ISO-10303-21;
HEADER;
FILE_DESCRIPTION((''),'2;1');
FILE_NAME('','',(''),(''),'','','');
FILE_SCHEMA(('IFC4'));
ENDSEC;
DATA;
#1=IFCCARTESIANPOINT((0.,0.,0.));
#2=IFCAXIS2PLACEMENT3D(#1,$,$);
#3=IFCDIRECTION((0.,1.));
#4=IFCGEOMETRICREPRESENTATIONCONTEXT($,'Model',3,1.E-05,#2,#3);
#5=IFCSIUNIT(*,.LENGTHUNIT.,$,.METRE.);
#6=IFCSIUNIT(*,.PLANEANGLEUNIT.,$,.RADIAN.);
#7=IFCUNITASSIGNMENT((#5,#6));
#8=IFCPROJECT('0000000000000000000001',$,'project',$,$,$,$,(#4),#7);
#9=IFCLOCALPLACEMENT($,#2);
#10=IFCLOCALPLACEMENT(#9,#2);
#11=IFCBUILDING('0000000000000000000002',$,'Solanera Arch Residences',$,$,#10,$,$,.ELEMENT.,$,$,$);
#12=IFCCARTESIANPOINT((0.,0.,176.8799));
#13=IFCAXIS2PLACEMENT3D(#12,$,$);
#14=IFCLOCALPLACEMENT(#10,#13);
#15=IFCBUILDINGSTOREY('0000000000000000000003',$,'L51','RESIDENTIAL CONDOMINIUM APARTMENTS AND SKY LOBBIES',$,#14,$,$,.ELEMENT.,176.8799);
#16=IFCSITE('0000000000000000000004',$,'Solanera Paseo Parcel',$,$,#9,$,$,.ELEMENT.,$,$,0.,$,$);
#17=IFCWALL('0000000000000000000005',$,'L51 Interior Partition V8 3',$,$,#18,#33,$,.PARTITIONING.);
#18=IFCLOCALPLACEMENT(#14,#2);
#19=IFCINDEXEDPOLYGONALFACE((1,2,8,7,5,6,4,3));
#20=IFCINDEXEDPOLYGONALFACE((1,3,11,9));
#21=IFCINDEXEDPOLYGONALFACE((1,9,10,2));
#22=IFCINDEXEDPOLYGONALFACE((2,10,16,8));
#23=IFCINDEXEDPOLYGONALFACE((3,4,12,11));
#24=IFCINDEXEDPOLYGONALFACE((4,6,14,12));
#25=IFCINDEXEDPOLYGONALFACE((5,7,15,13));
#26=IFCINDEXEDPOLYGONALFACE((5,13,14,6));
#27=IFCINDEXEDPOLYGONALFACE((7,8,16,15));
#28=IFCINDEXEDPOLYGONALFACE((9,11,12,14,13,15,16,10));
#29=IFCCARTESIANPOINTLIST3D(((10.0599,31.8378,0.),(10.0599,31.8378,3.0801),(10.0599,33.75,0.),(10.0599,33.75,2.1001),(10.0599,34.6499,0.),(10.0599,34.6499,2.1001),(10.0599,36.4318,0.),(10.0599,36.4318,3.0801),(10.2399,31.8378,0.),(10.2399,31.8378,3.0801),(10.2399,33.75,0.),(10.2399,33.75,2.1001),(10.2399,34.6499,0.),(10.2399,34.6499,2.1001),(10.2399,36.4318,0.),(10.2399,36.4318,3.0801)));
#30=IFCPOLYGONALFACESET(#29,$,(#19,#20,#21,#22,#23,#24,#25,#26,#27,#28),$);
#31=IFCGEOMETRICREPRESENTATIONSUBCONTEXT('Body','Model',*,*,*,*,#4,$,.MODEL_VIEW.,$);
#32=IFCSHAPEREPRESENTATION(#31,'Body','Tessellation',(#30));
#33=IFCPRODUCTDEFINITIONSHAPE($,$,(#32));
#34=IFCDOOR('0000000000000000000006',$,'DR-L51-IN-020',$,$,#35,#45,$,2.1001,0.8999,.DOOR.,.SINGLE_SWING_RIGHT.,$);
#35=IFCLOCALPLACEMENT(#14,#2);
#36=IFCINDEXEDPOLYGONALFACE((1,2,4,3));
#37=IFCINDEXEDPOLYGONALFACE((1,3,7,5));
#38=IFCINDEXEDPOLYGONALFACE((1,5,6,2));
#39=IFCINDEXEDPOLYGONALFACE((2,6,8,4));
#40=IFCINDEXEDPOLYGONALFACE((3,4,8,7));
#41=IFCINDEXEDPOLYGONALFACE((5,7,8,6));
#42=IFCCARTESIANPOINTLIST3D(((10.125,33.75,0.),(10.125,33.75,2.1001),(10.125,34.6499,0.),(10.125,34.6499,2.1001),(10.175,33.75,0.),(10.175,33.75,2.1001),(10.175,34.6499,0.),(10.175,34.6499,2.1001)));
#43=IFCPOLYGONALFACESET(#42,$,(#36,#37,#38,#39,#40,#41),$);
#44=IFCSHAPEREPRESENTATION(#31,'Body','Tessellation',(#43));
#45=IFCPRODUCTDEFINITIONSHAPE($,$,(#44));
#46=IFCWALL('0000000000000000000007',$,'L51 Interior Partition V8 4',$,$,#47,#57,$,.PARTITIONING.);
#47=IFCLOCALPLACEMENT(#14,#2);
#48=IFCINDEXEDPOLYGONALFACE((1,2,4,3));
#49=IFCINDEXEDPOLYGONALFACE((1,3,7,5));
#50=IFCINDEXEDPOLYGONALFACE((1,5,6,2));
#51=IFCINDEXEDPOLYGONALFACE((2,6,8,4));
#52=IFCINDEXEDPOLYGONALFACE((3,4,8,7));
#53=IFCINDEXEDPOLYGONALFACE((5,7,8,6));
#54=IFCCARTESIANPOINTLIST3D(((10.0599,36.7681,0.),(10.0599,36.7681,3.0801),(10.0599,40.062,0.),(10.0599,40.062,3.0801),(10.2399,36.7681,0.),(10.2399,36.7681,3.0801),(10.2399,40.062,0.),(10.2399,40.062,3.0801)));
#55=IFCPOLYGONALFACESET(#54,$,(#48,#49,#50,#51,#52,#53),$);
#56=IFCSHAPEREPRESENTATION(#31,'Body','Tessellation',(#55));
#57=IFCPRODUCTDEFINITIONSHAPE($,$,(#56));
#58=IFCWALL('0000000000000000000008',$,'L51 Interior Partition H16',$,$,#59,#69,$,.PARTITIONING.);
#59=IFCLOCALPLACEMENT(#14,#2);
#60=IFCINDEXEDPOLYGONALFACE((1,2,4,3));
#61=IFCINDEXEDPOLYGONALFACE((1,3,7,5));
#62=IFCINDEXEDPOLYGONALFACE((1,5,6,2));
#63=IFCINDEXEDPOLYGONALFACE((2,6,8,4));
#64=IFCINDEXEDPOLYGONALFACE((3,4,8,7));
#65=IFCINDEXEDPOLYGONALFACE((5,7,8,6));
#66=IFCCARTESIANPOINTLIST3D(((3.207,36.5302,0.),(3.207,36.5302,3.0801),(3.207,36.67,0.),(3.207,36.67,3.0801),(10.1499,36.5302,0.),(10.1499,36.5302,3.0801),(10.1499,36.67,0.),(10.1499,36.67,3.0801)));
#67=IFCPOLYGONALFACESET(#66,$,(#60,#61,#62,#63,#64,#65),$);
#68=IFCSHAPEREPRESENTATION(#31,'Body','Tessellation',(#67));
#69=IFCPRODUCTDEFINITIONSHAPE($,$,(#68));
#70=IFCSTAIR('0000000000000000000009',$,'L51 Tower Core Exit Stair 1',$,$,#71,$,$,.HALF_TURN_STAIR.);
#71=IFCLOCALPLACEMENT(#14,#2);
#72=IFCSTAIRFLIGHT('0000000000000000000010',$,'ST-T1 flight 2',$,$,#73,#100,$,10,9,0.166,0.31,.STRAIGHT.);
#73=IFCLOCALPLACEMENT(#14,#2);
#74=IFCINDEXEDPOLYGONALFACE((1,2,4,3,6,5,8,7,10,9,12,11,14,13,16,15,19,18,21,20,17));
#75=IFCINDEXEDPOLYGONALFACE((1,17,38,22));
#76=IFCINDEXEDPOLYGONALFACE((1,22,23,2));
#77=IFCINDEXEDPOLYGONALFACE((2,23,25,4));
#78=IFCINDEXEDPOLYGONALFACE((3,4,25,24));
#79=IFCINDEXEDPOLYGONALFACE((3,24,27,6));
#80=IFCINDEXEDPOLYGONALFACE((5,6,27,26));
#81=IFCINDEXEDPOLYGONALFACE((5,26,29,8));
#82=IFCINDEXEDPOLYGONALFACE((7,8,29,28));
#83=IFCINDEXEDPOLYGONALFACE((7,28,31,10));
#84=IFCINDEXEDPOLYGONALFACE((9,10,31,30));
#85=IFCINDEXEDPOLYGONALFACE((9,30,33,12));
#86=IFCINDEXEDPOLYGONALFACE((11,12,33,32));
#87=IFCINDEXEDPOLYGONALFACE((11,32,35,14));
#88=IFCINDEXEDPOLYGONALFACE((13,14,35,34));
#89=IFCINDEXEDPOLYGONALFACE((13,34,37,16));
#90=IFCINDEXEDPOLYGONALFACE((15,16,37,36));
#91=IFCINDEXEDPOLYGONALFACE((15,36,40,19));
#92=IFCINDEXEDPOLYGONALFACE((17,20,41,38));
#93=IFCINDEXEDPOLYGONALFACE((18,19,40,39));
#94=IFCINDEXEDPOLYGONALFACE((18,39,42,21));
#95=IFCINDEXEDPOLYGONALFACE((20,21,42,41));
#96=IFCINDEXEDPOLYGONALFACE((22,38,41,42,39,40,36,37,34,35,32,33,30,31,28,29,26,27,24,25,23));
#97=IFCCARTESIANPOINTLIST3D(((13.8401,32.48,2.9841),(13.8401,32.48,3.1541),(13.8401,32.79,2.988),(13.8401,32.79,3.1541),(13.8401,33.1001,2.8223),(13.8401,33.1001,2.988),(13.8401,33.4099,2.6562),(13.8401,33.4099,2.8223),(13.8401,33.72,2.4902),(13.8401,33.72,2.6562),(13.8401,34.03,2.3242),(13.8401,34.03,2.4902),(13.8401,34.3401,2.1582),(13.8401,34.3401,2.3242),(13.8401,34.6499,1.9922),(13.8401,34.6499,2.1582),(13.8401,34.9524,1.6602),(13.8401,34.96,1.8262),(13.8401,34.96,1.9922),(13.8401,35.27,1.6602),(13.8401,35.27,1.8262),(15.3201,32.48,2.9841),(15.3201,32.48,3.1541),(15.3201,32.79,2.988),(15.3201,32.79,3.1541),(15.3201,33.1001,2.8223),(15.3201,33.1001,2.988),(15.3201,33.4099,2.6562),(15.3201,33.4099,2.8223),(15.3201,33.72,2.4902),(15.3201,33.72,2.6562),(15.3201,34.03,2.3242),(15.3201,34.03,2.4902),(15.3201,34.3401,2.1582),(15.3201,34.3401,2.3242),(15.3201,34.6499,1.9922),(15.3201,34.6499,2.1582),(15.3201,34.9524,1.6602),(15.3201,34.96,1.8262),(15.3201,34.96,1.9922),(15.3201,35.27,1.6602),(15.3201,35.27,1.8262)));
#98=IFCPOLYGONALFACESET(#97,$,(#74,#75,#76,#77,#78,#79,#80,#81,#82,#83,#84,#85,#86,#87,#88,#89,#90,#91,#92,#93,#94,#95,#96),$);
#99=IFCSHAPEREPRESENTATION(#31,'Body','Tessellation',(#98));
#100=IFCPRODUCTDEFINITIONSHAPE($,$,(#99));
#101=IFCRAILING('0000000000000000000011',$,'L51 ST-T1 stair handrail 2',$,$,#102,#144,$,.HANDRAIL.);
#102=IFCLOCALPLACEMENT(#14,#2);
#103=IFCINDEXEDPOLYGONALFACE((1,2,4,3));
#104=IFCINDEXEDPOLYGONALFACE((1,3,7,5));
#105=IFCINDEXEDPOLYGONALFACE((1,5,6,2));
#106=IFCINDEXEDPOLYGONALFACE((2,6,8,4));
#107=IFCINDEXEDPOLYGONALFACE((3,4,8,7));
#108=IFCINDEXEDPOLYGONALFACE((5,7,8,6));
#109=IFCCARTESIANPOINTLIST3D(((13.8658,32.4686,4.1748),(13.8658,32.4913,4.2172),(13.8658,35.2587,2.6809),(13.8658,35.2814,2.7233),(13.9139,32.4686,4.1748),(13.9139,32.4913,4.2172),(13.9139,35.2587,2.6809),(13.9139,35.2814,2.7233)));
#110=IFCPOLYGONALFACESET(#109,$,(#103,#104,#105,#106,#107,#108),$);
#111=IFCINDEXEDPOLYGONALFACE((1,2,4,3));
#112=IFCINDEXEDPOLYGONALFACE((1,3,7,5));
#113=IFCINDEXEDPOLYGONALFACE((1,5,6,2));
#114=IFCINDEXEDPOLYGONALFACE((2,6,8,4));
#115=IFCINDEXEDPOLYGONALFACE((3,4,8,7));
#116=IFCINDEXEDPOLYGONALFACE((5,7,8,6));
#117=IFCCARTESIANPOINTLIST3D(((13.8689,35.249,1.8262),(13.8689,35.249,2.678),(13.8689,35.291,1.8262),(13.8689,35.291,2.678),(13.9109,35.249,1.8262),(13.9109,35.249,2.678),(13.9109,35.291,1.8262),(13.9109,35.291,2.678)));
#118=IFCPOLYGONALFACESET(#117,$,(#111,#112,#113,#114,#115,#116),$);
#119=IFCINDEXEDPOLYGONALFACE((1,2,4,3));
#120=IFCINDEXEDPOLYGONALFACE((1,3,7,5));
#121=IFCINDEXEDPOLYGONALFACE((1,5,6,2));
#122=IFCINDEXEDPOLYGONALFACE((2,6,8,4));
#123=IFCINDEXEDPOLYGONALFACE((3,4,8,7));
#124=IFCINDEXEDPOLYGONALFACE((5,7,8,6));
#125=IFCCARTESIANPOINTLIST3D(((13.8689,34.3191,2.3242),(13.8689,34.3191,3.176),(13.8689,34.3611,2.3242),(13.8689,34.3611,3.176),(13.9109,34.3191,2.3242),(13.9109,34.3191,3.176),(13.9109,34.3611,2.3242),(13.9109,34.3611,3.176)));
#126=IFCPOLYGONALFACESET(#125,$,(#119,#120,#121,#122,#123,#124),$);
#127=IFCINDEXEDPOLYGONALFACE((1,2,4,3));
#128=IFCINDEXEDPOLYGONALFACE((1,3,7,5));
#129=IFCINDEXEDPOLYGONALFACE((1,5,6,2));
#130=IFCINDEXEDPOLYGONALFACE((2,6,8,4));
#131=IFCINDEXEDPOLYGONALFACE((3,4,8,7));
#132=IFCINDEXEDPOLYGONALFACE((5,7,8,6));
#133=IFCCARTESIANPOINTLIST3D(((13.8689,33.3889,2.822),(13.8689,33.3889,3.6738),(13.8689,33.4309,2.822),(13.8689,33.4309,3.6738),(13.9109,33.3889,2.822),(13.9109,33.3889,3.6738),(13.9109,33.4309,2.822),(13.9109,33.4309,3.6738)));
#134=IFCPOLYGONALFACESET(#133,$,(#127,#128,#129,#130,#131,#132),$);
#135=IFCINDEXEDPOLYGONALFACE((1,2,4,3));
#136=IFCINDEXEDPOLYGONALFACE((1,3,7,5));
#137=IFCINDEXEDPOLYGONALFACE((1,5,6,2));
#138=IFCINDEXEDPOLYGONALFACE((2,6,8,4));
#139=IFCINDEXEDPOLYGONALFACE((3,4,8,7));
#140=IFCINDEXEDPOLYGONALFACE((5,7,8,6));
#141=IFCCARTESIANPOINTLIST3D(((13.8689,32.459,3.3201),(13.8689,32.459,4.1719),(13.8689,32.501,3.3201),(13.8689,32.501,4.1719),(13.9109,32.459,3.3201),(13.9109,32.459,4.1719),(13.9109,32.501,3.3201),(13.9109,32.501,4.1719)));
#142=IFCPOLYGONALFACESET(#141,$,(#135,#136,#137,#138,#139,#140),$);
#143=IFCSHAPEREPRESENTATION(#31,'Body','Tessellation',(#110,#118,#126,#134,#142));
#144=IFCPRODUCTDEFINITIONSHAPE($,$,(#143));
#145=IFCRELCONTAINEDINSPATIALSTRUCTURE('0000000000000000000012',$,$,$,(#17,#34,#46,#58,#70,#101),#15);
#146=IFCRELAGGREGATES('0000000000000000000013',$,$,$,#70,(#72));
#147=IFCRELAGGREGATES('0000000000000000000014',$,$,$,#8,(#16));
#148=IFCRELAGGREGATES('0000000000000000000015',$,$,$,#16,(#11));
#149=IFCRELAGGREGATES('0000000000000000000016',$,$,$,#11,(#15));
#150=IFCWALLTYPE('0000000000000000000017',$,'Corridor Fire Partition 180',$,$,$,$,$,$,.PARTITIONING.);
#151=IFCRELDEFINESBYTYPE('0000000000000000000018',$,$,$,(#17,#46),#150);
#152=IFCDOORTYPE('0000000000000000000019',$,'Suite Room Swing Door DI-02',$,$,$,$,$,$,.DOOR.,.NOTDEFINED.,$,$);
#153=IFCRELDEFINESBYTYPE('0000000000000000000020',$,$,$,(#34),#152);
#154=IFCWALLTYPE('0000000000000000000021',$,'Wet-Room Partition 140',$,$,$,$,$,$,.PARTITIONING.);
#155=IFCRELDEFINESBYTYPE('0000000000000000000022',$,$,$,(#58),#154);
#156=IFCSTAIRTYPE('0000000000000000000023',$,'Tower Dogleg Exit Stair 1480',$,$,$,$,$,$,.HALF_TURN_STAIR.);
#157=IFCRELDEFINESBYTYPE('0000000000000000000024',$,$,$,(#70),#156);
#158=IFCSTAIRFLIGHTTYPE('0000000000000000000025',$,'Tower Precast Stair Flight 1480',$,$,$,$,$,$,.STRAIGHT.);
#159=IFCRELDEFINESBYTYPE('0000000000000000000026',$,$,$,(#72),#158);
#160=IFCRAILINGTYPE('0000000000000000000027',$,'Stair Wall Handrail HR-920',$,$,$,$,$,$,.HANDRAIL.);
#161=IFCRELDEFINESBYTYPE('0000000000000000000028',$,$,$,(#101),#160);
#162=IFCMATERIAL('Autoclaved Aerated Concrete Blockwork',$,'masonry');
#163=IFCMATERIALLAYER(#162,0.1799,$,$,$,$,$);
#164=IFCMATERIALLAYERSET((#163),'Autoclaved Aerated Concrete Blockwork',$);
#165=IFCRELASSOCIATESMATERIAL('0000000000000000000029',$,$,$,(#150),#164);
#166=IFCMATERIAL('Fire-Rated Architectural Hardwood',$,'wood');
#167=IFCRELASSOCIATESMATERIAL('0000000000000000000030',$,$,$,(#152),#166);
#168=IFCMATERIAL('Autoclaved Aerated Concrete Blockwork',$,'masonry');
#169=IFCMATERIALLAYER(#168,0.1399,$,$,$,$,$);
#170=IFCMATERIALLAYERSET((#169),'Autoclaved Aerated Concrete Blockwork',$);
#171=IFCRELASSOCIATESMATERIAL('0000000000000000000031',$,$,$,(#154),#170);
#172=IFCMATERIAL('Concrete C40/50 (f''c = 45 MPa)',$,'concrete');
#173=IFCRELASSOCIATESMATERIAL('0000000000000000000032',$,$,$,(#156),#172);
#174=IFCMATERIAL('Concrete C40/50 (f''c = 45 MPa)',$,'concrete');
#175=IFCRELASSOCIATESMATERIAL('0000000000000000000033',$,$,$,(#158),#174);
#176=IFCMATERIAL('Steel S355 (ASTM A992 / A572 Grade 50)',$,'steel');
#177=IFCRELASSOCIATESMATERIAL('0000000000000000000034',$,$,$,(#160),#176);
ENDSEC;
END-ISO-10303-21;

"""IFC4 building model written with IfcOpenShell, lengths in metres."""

from ifc_helpers import new_model, si_unit, direction, frame, frame_2d, origin, origin_2d, place, context, subcontext, project, spatial, polyline, rectangle, outline, extrude, material, layer, layer_set, type_object, element, fill, aggregate, save


model = new_model("IFC4")

# Units and contexts
model_context = context("Model", 3, precision=1e-05, world=origin(), true_north=direction((0.0, 1.0)))
body_context = subcontext(model_context, "Body", "Model", "MODEL_VIEW")
ifc_project = project(units=[si_unit("LENGTHUNIT", "METRE"), si_unit("PLANEANGLEUNIT", "RADIAN")], contexts=[model_context])

# Site, building, storey
site_placement = place(None, origin())
site = spatial("IfcSite", under=ifc_project, at=site_placement, Name="Solanera Paseo Parcel", CompositionType="ELEMENT", RefElevation=0.0)
building_placement = place(site_placement, origin())
building = spatial("IfcBuilding", under=site, at=building_placement, Name="Solanera Arch Residences", CompositionType="ELEMENT")
storey_placement = place(building_placement, frame((0.0, 0.0, 176.8799)))
storey = spatial("IfcBuildingStorey", under=building, at=storey_placement, Name="L51", Description="RESIDENTIAL CONDOMINIUM APARTMENTS AND SKY LOBBIES", CompositionType="ELEMENT", Elevation=176.8799)

# Shared definitions
ifc_material_1 = material(Name="Autoclaved Aerated Concrete Blockwork", Category="masonry")
ifc_layer_1 = layer(ifc_material_1, 0.1799)
ifc_layer_set_1 = layer_set([ifc_layer_1], Name="Autoclaved Aerated Concrete Blockwork")
wall_type_1 = type_object("IfcWallType", Name="Corridor Fire Partition 180", PredefinedType="PARTITIONING", material=ifc_layer_set_1)

# Wall, opening, door
wall_1_placement = place(storey_placement, frame((10.1499, 31.8379, 0.0), z_axis=(0.0, 0.0, 1.0), x_axis=(0.0, 1.0, 0.0)))
wall_1 = element("IfcWall", 1, at=wall_1_placement, inside=storey, type_object=wall_type_1, Name="L51 Interior Partition V8 3", PredefinedType="PARTITIONING", context=body_context, shape_type="SweptSolid", body=[
    extrude(rectangle(XDim=4.594, YDim=0.1799, at=frame_2d((2.2969, 0.0))), origin(), (0.0, 0.0, 1.0), 3.0801),
])
opening_placement = place(wall_1_placement, frame((1.9121, 0.0, 0.0)))
opening = element("IfcOpeningElement", 2, at=opening_placement, cuts=wall_1, PredefinedType="OPENING", context=body_context, shape_type="SweptSolid", body=[
    extrude(rectangle(XDim=0.8999, YDim=2.1001, at=frame_2d((0.45, 1.05))), frame((0.0, 0.1001, 0.0), z_axis=(0.0, -1.0, 0.0), x_axis=(1.0, 0.0, 0.0)), (0.0, 0.0, 1.0), 0.1999),
])
ifc_material_2 = material(Name="Fire-Rated Architectural Hardwood", Category="wood")
door_type = type_object("IfcDoorType", Name="Suite Room Swing Door DI-02", OperationType="NOTDEFINED", PredefinedType="DOOR", material=ifc_material_2)
door_placement = place(opening_placement, origin())
door = element("IfcDoor", 3, at=door_placement, inside=storey, type_object=door_type, Name="DR-L51-IN-020", OperationType="SINGLE_SWING_RIGHT", OverallHeight=2.1001, OverallWidth=0.8999, PredefinedType="DOOR", context=body_context, shape_type="SweptSolid", body=[
    extrude(rectangle(XDim=0.8999, YDim=2.1001, at=frame_2d((0.45, 1.05))), frame((0.0, 0.0249, 0.0), z_axis=(0.0, -1.0, 0.0), x_axis=(1.0, 0.0, 0.0)), (0.0, 0.0, 1.0), 0.05),
])
fill(opening, door)

# Walls
wall_2_placement = place(storey_placement, frame((10.1499, 36.7681, 0.0), z_axis=(0.0, 0.0, 1.0), x_axis=(0.0, 1.0, 0.0)))
element("IfcWall", 4, at=wall_2_placement, inside=storey, type_object=wall_type_1, Name="L51 Interior Partition V8 4", PredefinedType="PARTITIONING", context=body_context, shape_type="SweptSolid", body=[
    extrude(rectangle(XDim=3.2939, YDim=0.1799, at=frame_2d((1.647, 0.0))), origin(), (0.0, 0.0, 1.0), 3.0801),
])
ifc_material_3 = material(Name="Autoclaved Aerated Concrete Blockwork", Category="masonry")
ifc_layer_2 = layer(ifc_material_3, 0.1399)
ifc_layer_set_2 = layer_set([ifc_layer_2], Name="Autoclaved Aerated Concrete Blockwork")
wall_type_2 = type_object("IfcWallType", Name="Wet-Room Partition 140", PredefinedType="PARTITIONING", material=ifc_layer_set_2)
wall_3_placement = place(storey_placement, frame((3.207, 36.6001, 0.0), z_axis=(0.0, 0.0, 1.0), x_axis=(1.0, 0.0, 0.0)))
element("IfcWall", 5, at=wall_3_placement, inside=storey, type_object=wall_type_2, Name="L51 Interior Partition H16", PredefinedType="PARTITIONING", context=body_context, shape_type="SweptSolid", body=[
    extrude(rectangle(XDim=6.9429, YDim=0.1399, at=frame_2d((3.4714, 0.0))), origin(), (0.0, 0.0, 1.0), 3.0801),
])

# Stair, stair flight
ifc_material_4 = material(Name="Concrete C40/50 (f'c = 45 MPa)", Category="concrete")
stair_type = type_object("IfcStairType", Name="Tower Dogleg Exit Stair 1480", PredefinedType="HALF_TURN_STAIR", material=ifc_material_4)
stair_placement = place(storey_placement, origin())
stair = element("IfcStair", 6, at=stair_placement, inside=storey, type_object=stair_type, Name="L51 Tower Core Exit Stair 1", PredefinedType="HALF_TURN_STAIR")
ifc_material_5 = material(Name="Concrete C40/50 (f'c = 45 MPa)", Category="concrete")
stair_flight_type = type_object("IfcStairFlightType", Name="Tower Precast Stair Flight 1480", PredefinedType="STRAIGHT", material=ifc_material_5)
stair_flight_placement = place(storey_placement, frame((14.5801, 35.27, 1.6602), z_axis=(0.0, 0.0, 1.0), x_axis=(0.0, -1.0, 0.0)))
stair_flight = element("IfcStairFlight", 7, at=stair_flight_placement, type_object=stair_flight_type, Name="ST-T1 flight 2", NumberOfRisers=10, NumberOfTreads=9, PredefinedType="STRAIGHT", RiserHeight=0.166, TreadLength=0.31, context=body_context, shape_type="SweptSolid", body=[
    extrude(outline(polyline([(0.0, 0.0), (0.0, 0.166), (0.3101, 0.166), (0.3101, 0.332), (0.6201, 0.332), (0.6201, 0.498), (0.9299, 0.498), (0.9299, 0.6641), (1.24, 0.6641), (1.24, 0.8301), (1.55, 0.8301), (1.55, 0.9961), (1.8601, 0.9961), (1.8601, 1.1621), (2.1699, 1.1621), (2.1699, 1.3279), (2.48, 1.3279), (2.48, 1.4939), (2.79, 1.4939), (2.79, 1.6599), (2.79, 1.324), (0.3176, 0.0), (0.0, 0.0)])), frame((0.0, 0.74, 0.0), z_axis=(0.0, -1.0, 0.0), x_axis=(1.0, 0.0, 0.0)), (0.0, 0.0, 1.0), 1.48),
])
aggregate(stair, [stair_flight])

# Railing
ifc_material_6 = material(Name="Steel S355 (ASTM A992 / A572 Grade 50)", Category="steel")
railing_type = type_object("IfcRailingType", Name="Stair Wall Handrail HR-920", PredefinedType="HANDRAIL", material=ifc_material_6)
railing_placement = place(storey_placement, frame((13.8899, 35.27, 1.8262)))
element("IfcRailing", 8, at=railing_placement, inside=storey, type_object=railing_type, Name="L51 ST-T1 stair handrail 2", PredefinedType="HANDRAIL", context=body_context, shape_type="SweptSolid", body=[
    extrude(rectangle(XDim=0.0481, YDim=0.0481, at=origin_2d()), frame((0.0, 0.0, 0.876), z_axis=(0.0, -0.881581, 0.472033), x_axis=(1.0, 0.0, 0.0)), (0.0, 0.0, 1.0), 3.1648),
    extrude(rectangle(XDim=0.042, YDim=0.042, at=origin_2d()), origin(), (0.0, 0.0, 1.0), 0.8518),
    extrude(rectangle(XDim=0.042, YDim=0.042, at=origin_2d()), frame((0.0, -0.9299, 0.498)), (0.0, 0.0, 1.0), 0.8518),
    extrude(rectangle(XDim=0.042, YDim=0.042, at=origin_2d()), frame((0.0, -1.8601, 0.9958)), (0.0, 0.0, 1.0), 0.8518),
    extrude(rectangle(XDim=0.042, YDim=0.042, at=origin_2d()), frame((0.0, -2.79, 1.4939)), (0.0, 0.0, 1.0), 0.8518),
])

save(model, "model.ifc")
